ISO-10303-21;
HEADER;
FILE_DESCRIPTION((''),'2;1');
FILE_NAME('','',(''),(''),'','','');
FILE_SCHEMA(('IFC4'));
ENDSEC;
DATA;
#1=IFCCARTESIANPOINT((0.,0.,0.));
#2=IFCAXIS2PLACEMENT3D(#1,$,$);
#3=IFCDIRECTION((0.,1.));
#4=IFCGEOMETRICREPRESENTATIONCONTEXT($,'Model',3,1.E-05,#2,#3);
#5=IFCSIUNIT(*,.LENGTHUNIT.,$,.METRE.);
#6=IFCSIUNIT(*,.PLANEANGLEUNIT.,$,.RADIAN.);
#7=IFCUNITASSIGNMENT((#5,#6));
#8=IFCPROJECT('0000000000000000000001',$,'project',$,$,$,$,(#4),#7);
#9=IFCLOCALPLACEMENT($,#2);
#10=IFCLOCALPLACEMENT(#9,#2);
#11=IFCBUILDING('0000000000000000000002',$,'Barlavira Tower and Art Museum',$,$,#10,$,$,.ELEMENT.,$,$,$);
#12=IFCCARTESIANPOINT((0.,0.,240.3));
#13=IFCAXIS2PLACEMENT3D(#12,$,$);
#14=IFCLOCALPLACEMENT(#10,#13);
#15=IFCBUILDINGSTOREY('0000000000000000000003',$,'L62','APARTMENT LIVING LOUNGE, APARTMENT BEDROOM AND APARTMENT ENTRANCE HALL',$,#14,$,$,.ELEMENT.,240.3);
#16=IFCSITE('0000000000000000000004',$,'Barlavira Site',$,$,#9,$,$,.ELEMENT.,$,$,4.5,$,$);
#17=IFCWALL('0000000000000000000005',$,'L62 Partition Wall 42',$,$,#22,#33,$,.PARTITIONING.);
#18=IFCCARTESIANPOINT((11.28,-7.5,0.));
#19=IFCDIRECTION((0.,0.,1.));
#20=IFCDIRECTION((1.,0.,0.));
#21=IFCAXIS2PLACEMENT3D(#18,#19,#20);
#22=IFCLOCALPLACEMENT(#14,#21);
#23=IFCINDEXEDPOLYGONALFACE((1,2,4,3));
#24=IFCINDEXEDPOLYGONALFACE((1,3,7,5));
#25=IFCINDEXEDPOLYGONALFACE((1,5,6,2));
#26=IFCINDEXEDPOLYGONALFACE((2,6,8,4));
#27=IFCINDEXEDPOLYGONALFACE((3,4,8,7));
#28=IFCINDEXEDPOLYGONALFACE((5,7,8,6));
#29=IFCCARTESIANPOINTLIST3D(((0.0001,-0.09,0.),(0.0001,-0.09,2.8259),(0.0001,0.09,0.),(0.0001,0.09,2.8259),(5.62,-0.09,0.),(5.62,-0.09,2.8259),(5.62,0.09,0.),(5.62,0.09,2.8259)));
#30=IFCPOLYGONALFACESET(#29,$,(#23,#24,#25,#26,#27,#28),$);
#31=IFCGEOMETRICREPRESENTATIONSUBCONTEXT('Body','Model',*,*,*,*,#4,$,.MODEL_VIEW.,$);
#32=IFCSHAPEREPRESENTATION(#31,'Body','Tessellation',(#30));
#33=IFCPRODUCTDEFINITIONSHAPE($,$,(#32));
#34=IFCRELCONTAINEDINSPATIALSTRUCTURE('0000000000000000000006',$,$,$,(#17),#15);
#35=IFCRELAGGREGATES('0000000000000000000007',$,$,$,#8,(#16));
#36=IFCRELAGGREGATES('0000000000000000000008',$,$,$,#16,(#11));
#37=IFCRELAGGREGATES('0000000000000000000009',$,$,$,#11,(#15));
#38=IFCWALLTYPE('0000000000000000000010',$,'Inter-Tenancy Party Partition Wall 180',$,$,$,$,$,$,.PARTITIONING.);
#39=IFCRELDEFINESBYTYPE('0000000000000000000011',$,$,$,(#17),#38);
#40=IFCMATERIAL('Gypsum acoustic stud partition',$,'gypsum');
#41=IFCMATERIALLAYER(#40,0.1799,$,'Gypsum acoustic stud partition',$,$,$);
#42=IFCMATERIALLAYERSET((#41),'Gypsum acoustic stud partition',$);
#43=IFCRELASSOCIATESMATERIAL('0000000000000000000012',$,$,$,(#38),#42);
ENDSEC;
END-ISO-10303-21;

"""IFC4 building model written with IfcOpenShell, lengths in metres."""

from ifc_helpers import new_model, si_unit, direction, frame, frame_2d, origin, place, context, subcontext, project, spatial, rectangle, extrude, material, layer, layer_set, type_object, element, save


model = new_model("IFC4")

# Units and contexts
model_context = context("Model", 3, precision=1e-05, world=origin(), true_north=direction((0.0, 1.0)))
body_context = subcontext(model_context, "Body", "Model", "MODEL_VIEW")
ifc_project = project(units=[si_unit("LENGTHUNIT", "METRE"), si_unit("PLANEANGLEUNIT", "RADIAN")], contexts=[model_context])

# Site, building, storey
site_placement = place(None, origin())
site = spatial("IfcSite", under=ifc_project, at=site_placement, Name="Barlavira Site", CompositionType="ELEMENT", RefElevation=4.5)
building_placement = place(site_placement, origin())
building = spatial("IfcBuilding", under=site, at=building_placement, Name="Barlavira Tower and Art Museum", CompositionType="ELEMENT")
storey_placement = place(building_placement, frame((0.0, 0.0, 240.3)))
storey = spatial("IfcBuildingStorey", under=building, at=storey_placement, Name="L62", Description="APARTMENT LIVING LOUNGE, APARTMENT BEDROOM AND APARTMENT ENTRANCE HALL", CompositionType="ELEMENT", Elevation=240.3)

# Shared definitions
ifc_material_1 = material(Name="Gypsum acoustic stud partition", Category="gypsum")

# Wall
ifc_layer_1 = layer(ifc_material_1, 0.1799, Name="Gypsum acoustic stud partition")
ifc_layer_set_1 = layer_set([ifc_layer_1], Name="Gypsum acoustic stud partition")
wall_type_1 = type_object("IfcWallType", Name="Inter-Tenancy Party Partition Wall 180", PredefinedType="PARTITIONING", material=ifc_layer_set_1)
wall_1_placement = place(storey_placement, frame((11.28, -7.5, 0.0), z_axis=(0.0, 0.0, 1.0), x_axis=(1.0, 0.0, 0.0)))
element("IfcWall", 1, at=wall_1_placement, inside=storey, type_object=wall_type_1, Name="L62 Partition Wall 42", PredefinedType="PARTITIONING", context=body_context, shape_type="SweptSolid", body=[
    extrude(rectangle(XDim=5.6199, YDim=0.1799, at=frame_2d((2.8101, 0.0))), origin(), (0.0, 0.0, 1.0), 2.8259),
])

save(model, "model.ifc")
